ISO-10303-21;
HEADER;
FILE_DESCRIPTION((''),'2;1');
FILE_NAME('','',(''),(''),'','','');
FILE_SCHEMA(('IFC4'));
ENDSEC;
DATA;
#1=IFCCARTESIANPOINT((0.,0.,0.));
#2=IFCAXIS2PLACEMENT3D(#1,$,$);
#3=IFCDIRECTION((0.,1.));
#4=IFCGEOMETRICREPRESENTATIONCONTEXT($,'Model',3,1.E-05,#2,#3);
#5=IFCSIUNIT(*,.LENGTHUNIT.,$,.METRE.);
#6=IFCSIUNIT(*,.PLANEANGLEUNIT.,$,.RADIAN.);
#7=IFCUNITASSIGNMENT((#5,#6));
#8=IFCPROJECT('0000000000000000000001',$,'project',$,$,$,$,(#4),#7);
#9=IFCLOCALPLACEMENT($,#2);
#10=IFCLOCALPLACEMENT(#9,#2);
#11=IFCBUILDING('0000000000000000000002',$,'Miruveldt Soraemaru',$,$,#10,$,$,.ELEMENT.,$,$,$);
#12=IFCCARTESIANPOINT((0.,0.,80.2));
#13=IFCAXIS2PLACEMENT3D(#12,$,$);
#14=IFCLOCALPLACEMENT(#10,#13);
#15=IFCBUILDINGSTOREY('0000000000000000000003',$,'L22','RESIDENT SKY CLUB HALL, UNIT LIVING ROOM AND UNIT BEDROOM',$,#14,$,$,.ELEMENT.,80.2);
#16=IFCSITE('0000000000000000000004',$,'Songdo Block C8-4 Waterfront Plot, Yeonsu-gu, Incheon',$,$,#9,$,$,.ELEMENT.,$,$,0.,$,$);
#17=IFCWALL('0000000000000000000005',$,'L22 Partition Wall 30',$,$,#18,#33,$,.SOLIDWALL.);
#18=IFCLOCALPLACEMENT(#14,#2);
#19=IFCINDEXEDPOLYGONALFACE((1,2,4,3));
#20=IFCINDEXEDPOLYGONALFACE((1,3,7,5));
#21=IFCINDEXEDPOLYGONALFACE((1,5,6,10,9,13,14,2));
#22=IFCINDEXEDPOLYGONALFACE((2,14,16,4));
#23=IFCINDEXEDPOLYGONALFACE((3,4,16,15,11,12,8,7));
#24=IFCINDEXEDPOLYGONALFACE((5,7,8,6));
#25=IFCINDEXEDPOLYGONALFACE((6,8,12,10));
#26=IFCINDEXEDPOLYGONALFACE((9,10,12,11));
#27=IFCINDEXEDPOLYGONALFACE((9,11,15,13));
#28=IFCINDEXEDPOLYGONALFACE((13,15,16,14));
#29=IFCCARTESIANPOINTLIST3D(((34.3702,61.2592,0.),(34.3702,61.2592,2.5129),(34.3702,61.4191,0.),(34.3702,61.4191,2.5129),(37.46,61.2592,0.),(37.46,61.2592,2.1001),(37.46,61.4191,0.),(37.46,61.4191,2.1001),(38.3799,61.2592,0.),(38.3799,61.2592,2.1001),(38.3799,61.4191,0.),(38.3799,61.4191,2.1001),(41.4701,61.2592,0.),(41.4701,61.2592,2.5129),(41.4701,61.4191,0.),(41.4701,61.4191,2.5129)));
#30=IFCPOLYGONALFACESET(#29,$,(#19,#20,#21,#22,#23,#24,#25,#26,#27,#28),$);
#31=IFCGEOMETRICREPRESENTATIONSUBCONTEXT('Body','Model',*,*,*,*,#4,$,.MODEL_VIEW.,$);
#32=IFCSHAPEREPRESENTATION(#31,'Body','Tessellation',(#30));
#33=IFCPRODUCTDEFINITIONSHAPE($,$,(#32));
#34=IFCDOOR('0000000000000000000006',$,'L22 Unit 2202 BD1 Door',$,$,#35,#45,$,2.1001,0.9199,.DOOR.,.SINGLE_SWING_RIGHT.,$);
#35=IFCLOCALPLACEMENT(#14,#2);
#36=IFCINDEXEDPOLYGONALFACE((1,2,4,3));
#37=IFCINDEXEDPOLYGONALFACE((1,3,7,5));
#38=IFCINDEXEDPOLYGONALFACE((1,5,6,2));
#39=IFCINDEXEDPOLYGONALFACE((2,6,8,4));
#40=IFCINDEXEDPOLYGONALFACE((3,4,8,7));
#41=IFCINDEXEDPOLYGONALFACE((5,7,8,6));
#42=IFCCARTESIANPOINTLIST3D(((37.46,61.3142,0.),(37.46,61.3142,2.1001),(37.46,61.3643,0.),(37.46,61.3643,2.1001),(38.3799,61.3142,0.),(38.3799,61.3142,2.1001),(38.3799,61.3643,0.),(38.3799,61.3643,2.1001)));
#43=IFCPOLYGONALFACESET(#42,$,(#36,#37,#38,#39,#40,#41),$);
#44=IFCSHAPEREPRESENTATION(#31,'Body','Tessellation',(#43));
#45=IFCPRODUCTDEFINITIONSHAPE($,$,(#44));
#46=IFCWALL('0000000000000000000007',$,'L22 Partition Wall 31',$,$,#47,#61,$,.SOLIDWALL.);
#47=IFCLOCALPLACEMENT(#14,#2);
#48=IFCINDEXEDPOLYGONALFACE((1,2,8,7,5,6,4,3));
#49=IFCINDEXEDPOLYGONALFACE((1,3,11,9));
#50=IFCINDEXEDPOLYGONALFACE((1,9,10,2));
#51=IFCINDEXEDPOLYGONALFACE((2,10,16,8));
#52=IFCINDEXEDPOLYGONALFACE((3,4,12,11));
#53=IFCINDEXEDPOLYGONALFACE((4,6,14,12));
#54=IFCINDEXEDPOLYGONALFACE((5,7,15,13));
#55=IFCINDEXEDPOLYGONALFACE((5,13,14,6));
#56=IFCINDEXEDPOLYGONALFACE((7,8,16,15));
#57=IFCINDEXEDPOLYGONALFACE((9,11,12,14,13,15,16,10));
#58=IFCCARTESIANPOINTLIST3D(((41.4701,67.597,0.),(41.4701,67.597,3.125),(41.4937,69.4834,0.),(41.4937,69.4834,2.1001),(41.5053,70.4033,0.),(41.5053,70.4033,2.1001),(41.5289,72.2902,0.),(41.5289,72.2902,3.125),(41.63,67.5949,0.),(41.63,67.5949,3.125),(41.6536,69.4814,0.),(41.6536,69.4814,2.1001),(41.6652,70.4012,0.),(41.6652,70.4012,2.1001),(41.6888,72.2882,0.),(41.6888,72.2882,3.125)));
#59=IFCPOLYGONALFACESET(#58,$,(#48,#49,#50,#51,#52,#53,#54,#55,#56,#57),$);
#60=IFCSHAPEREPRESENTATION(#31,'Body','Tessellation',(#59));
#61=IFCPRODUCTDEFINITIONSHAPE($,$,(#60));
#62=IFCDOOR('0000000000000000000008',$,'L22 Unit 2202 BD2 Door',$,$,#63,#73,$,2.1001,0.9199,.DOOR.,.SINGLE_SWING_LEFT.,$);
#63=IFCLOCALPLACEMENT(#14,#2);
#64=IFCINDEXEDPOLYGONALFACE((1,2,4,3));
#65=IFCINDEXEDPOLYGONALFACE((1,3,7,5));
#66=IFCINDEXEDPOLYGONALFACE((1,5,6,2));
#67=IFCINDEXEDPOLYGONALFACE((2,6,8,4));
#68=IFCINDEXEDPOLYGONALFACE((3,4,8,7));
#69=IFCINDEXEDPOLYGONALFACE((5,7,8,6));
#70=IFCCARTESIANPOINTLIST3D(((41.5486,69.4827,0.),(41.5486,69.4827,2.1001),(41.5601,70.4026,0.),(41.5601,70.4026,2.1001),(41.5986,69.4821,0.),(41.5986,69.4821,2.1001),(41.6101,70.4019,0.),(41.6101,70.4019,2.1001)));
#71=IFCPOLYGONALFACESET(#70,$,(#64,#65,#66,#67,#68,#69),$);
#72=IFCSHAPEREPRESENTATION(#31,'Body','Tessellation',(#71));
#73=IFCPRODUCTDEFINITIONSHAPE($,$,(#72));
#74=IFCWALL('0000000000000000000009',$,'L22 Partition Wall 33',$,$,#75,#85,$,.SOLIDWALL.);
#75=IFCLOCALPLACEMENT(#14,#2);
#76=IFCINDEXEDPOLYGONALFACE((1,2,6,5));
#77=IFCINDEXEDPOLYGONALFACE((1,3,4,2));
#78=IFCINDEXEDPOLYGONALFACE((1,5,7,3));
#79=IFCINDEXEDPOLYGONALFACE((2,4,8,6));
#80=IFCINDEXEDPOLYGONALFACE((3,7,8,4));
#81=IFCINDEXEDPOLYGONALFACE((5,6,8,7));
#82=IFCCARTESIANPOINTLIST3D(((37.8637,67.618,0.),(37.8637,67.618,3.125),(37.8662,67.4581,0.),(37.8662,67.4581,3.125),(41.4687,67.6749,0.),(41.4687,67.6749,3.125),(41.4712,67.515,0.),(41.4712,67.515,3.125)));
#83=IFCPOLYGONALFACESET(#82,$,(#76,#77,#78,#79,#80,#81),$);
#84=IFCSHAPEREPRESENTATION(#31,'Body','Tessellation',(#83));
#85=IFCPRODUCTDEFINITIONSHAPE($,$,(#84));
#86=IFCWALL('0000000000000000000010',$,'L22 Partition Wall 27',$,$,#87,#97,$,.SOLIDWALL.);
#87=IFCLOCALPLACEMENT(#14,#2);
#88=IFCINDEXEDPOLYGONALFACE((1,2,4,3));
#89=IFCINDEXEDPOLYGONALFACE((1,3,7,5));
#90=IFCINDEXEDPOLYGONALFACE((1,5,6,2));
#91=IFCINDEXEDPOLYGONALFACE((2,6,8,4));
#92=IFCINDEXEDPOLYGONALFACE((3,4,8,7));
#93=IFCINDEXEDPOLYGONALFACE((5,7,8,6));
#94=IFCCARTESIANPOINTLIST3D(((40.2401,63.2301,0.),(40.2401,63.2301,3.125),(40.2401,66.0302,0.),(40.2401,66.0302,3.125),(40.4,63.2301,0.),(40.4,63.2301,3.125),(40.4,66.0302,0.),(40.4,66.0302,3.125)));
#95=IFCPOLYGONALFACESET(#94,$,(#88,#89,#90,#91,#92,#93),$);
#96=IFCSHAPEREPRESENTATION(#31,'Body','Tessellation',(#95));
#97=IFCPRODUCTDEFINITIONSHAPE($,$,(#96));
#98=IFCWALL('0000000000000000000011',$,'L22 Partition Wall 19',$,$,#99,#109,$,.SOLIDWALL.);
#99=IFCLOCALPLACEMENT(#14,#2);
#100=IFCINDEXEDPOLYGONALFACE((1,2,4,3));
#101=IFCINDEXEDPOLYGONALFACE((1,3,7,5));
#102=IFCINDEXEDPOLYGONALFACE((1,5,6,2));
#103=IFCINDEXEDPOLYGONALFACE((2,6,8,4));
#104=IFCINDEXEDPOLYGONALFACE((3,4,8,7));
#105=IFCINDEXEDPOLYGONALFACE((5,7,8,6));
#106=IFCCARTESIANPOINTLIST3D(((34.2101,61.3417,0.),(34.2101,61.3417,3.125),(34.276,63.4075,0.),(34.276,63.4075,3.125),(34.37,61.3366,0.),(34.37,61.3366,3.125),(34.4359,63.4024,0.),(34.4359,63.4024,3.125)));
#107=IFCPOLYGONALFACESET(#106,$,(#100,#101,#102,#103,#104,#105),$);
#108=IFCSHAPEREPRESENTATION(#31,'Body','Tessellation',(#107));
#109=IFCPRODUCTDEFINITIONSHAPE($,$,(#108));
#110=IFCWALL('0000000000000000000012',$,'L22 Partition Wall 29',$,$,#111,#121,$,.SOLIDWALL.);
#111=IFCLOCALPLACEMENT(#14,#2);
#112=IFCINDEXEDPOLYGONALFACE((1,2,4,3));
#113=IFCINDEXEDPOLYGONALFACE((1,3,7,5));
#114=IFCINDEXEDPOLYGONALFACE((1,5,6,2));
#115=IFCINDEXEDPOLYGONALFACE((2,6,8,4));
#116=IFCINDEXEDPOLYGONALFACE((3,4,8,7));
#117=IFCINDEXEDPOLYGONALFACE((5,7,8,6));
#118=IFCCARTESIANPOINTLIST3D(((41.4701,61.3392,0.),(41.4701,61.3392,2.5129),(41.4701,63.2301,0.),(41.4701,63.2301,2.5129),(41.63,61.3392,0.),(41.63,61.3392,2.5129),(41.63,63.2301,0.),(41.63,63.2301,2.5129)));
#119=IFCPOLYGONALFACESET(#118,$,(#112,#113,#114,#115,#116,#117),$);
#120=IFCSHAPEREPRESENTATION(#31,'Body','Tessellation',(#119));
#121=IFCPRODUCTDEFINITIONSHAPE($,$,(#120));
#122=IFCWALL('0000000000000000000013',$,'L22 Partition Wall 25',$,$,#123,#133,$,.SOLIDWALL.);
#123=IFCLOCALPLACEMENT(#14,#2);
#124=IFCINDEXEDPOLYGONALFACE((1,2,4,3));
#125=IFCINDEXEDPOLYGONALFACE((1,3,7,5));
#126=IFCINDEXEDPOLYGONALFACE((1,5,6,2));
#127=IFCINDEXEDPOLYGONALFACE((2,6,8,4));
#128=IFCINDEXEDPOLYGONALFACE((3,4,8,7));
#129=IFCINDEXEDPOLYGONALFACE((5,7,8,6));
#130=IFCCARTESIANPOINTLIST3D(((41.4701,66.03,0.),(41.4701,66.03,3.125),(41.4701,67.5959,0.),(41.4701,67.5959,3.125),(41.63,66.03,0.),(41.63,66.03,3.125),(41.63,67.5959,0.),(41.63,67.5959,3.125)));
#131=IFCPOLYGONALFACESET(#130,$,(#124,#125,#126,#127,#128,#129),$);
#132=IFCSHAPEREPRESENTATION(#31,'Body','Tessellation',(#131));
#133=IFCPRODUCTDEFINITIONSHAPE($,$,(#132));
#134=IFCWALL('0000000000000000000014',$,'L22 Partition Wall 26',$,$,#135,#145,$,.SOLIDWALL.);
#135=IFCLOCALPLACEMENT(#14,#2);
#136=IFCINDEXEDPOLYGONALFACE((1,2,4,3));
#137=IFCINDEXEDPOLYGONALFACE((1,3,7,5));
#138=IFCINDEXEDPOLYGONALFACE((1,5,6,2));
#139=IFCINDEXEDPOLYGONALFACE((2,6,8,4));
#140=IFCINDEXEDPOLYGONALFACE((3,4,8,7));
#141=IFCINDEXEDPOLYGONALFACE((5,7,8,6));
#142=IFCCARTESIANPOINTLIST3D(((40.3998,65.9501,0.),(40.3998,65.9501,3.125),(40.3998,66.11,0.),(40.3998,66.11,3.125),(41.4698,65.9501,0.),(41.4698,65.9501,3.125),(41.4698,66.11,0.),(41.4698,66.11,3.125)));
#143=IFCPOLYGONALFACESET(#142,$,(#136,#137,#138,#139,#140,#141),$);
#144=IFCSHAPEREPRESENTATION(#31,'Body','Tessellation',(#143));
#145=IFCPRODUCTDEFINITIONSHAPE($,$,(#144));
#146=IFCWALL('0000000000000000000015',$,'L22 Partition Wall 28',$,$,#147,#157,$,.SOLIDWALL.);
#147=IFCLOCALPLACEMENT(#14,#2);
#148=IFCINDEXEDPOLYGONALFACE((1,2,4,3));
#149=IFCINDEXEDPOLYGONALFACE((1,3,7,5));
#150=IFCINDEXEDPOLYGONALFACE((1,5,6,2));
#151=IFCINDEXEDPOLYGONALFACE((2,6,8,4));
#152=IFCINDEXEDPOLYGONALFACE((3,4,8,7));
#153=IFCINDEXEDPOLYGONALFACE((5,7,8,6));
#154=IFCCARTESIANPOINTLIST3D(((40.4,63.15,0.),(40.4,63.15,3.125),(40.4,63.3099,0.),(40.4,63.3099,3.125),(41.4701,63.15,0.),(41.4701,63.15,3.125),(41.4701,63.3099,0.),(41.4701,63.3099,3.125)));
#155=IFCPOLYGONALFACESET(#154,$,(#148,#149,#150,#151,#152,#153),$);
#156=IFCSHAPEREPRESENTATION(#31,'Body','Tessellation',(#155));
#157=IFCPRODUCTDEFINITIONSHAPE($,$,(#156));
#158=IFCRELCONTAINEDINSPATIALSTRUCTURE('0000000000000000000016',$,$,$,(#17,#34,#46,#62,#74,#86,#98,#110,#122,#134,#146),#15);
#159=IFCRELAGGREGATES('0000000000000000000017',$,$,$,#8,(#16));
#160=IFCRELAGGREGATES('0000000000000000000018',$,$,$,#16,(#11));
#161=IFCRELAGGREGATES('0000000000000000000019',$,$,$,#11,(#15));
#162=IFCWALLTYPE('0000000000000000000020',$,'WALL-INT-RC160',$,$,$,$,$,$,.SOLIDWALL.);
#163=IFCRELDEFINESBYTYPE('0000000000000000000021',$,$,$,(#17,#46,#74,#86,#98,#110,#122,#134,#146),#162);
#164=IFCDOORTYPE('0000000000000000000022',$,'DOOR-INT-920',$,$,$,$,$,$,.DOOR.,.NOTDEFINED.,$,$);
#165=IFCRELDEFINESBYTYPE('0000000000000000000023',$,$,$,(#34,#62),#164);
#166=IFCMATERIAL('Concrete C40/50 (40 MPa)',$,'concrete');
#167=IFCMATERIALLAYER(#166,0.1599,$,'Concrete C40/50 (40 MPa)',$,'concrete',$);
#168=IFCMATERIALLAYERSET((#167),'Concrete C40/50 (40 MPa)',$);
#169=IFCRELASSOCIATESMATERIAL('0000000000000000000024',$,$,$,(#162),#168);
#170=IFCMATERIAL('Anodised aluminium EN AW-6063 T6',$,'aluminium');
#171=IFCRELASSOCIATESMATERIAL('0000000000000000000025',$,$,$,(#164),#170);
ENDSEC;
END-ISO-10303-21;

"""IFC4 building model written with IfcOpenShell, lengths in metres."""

from ifc_helpers import new_model, si_unit, direction, frame, frame_2d, origin, place, context, subcontext, project, spatial, rectangle, extrude, material, layer, layer_set, type_object, element, fill, save


model = new_model("IFC4")

# Units and contexts
model_context = context("Model", 3, precision=1e-05, world=origin(), true_north=direction((0.0, 1.0)))
body_context = subcontext(model_context, "Body", "Model", "MODEL_VIEW")
ifc_project = project(units=[si_unit("LENGTHUNIT", "METRE"), si_unit("PLANEANGLEUNIT", "RADIAN")], contexts=[model_context])

# Site, building, storey
site_placement = place(None, origin())
site = spatial("IfcSite", under=ifc_project, at=site_placement, Name="Songdo Block C8-4 Waterfront Plot, Yeonsu-gu, Incheon", CompositionType="ELEMENT", RefElevation=0.0)
building_placement = place(site_placement, origin())
building = spatial("IfcBuilding", under=site, at=building_placement, Name="Miruveldt Soraemaru", CompositionType="ELEMENT")
storey_placement = place(building_placement, frame((0.0, 0.0, 80.2)))
storey = spatial("IfcBuildingStorey", under=building, at=storey_placement, Name="L22", Description="RESIDENT SKY CLUB HALL, UNIT LIVING ROOM AND UNIT BEDROOM", CompositionType="ELEMENT", Elevation=80.2)

# Shared definitions
ifc_material_1 = material(Name="Anodised aluminium EN AW-6063 T6", Category="aluminium")

# Walls, openings, doors
ifc_material_2 = material(Name="Concrete C40/50 (40 MPa)", Category="concrete")
ifc_layer_1 = layer(ifc_material_2, 0.1599, Name="Concrete C40/50 (40 MPa)", Category="concrete")
ifc_layer_set_1 = layer_set([ifc_layer_1], Name="Concrete C40/50 (40 MPa)")
wall_type_1 = type_object("IfcWallType", Name="WALL-INT-RC160", PredefinedType="SOLIDWALL", material=ifc_layer_set_1)
wall_1_placement = place(storey_placement, frame((41.47, 61.3391, 0.0), z_axis=(0.0, 0.0, 1.0), x_axis=(-1.0, 0.0, 0.0)))
wall_1 = element("IfcWall", 1, at=wall_1_placement, inside=storey, type_object=wall_type_1, Name="L22 Partition Wall 30", PredefinedType="SOLIDWALL", context=body_context, shape_type="SweptSolid", body=[
    extrude(rectangle(XDim=7.0999, YDim=0.1599, at=frame_2d((3.5498, 0.0))), origin(), (0.0, 0.0, 1.0), 2.5129),
])
opening_1_placement = place(wall_1_placement, frame((3.0901, 0.0, 0.0)))
opening_1 = element("IfcOpeningElement", 2, at=opening_1_placement, cuts=wall_1, PredefinedType="OPENING", context=body_context, shape_type="SweptSolid", body=[
    extrude(rectangle(XDim=0.9199, YDim=2.1001, at=frame_2d((0.46, 1.05))), frame((0.0, 0.0898, 0.0), z_axis=(0.0, -1.0, 0.0), x_axis=(1.0, 0.0, 0.0)), (0.0, 0.0, 1.0), 0.1799),
])
door_type = type_object("IfcDoorType", Name="DOOR-INT-920", OperationType="NOTDEFINED", PredefinedType="DOOR", material=ifc_material_1)
door_1_placement = place(opening_1_placement, origin())
door_1 = element("IfcDoor", 3, at=door_1_placement, inside=storey, type_object=door_type, Name="L22 Unit 2202 BD1 Door", OperationType="SINGLE_SWING_RIGHT", OverallHeight=2.1001, OverallWidth=0.9199, PredefinedType="DOOR", context=body_context, shape_type="SweptSolid", body=[
    extrude(rectangle(XDim=0.9199, YDim=2.1001, at=frame_2d((0.46, 1.05))), frame((0.0, 0.0249, 0.0), z_axis=(0.0, -1.0, 0.0), x_axis=(1.0, 0.0, 0.0)), (0.0, 0.0, 1.0), 0.05),
])
fill(opening_1, door_1)
wall_2_placement = place(storey_placement, frame((41.6089, 72.2891, 0.0), z_axis=(0.0, 0.0, 1.0), x_axis=(-0.012536, -0.999921, 0.0)))
wall_2 = element("IfcWall", 4, at=wall_2_placement, inside=storey, type_object=wall_type_1, Name="L22 Partition Wall 31", PredefinedType="SOLIDWALL", context=body_context, shape_type="SweptSolid", body=[
    extrude(rectangle(XDim=4.6936, YDim=0.1599, at=frame_2d((2.3467, 0.0))), origin(), (0.0, 0.0, 1.0), 3.125),
])
opening_2_placement = place(wall_2_placement, frame((1.887, 0.0, 0.0)))
opening_2 = element("IfcOpeningElement", 5, at=opening_2_placement, cuts=wall_2, PredefinedType="OPENING", context=body_context, shape_type="SweptSolid", body=[
    extrude(rectangle(XDim=0.9199, YDim=2.1001, at=frame_2d((0.46, 1.05))), frame((0.0, 0.0898, 0.0), z_axis=(0.0, -1.0, 0.0), x_axis=(1.0, 0.0, 0.0)), (0.0, 0.0, 1.0), 0.1799),
])
door_2_placement = place(opening_2_placement, origin())
door_2 = element("IfcDoor", 6, at=door_2_placement, inside=storey, type_object=door_type, Name="L22 Unit 2202 BD2 Door", OperationType="SINGLE_SWING_LEFT", OverallHeight=2.1001, OverallWidth=0.9199, PredefinedType="DOOR", context=body_context, shape_type="SweptSolid", body=[
    extrude(rectangle(XDim=0.9199, YDim=2.1001, at=frame_2d((0.46, 1.05))), frame((0.0, 0.0249, 0.0), z_axis=(0.0, -1.0, 0.0), x_axis=(1.0, 0.0, 0.0)), (0.0, 0.0, 1.0), 0.05),
])
fill(opening_2, door_2)

# Walls
wall_3_placement = place(storey_placement, frame((41.47, 67.595, 0.0), z_axis=(0.0, 0.0, 1.0), x_axis=(-0.999876, -0.015778, 0.0)))
element("IfcWall", 7, at=wall_3_placement, inside=storey, type_object=wall_type_1, Name="L22 Partition Wall 33", PredefinedType="SOLIDWALL", context=body_context, shape_type="SweptSolid", body=[
    extrude(rectangle(XDim=3.6055, YDim=0.1599, at=frame_2d((1.8027, 0.0))), origin(), (0.0, 0.0, 1.0), 3.125),
])
wall_4_placement = place(storey_placement, frame((40.3201, 66.03, 0.0), z_axis=(0.0, 0.0, 1.0), x_axis=(0.0, -1.0, 0.0)))
element("IfcWall", 8, at=wall_4_placement, inside=storey, type_object=wall_type_1, Name="L22 Partition Wall 27", PredefinedType="SOLIDWALL", context=body_context, shape_type="SweptSolid", body=[
    extrude(rectangle(XDim=2.8, YDim=0.1599, at=frame_2d((1.3999, 0.0))), origin(), (0.0, 0.0, 1.0), 3.125),
])
wall_5_placement = place(storey_placement, frame((34.29, 61.3391, 0.0), z_axis=(0.0, 0.0, 1.0), x_axis=(0.031891, 0.999491, 0.0)))
element("IfcWall", 9, at=wall_5_placement, inside=storey, type_object=wall_type_1, Name="L22 Partition Wall 19", PredefinedType="SOLIDWALL", context=body_context, shape_type="SweptSolid", body=[
    extrude(rectangle(XDim=2.0669, YDim=0.1599, at=frame_2d((1.0334, 0.0))), origin(), (0.0, 0.0, 1.0), 3.125),
])
wall_6_placement = place(storey_placement, frame((41.55, 63.23, 0.0), z_axis=(0.0, 0.0, 1.0), x_axis=(0.0, -1.0, 0.0)))
element("IfcWall", 10, at=wall_6_placement, inside=storey, type_object=wall_type_1, Name="L22 Partition Wall 29", PredefinedType="SOLIDWALL", context=body_context, shape_type="SweptSolid", body=[
    extrude(rectangle(XDim=1.8909, YDim=0.1599, at=frame_2d((0.9453, 0.0))), origin(), (0.0, 0.0, 1.0), 2.5129),
])
wall_7_placement = place(storey_placement, frame((41.55, 67.5959, 0.0), z_axis=(0.0, 0.0, 1.0), x_axis=(0.0, -1.0, 0.0)))
element("IfcWall", 11, at=wall_7_placement, inside=storey, type_object=wall_type_1, Name="L22 Partition Wall 25", PredefinedType="SOLIDWALL", context=body_context, shape_type="SweptSolid", body=[
    extrude(rectangle(XDim=1.5659, YDim=0.1599, at=frame_2d((0.783, 0.0))), origin(), (0.0, 0.0, 1.0), 3.125),
])
for number, where, z_axis, x_axis, name in (
    (12, (41.47, 66.03, 0.0), (0.0, 0.0, 1.0), (-1.0, 0.0, 0.0), "L22 Partition Wall 26"),
    (13, (40.3999, 63.23, 0.0), (0.0, 0.0, 1.0), (1.0, 0.0, 0.0), "L22 Partition Wall 28"),
):
    element("IfcWall", number, at=place(storey_placement, frame(where, z_axis=z_axis, x_axis=x_axis)), inside=storey, type_object=wall_type_1, Name=name, PredefinedType="SOLIDWALL", context=body_context, shape_type="SweptSolid", body=[
        extrude(rectangle(XDim=1.0701, YDim=0.1599, at=frame_2d((0.5352, 0.0))), origin(), (0.0, 0.0, 1.0), 3.125),
    ])

save(model, "model.ifc")
